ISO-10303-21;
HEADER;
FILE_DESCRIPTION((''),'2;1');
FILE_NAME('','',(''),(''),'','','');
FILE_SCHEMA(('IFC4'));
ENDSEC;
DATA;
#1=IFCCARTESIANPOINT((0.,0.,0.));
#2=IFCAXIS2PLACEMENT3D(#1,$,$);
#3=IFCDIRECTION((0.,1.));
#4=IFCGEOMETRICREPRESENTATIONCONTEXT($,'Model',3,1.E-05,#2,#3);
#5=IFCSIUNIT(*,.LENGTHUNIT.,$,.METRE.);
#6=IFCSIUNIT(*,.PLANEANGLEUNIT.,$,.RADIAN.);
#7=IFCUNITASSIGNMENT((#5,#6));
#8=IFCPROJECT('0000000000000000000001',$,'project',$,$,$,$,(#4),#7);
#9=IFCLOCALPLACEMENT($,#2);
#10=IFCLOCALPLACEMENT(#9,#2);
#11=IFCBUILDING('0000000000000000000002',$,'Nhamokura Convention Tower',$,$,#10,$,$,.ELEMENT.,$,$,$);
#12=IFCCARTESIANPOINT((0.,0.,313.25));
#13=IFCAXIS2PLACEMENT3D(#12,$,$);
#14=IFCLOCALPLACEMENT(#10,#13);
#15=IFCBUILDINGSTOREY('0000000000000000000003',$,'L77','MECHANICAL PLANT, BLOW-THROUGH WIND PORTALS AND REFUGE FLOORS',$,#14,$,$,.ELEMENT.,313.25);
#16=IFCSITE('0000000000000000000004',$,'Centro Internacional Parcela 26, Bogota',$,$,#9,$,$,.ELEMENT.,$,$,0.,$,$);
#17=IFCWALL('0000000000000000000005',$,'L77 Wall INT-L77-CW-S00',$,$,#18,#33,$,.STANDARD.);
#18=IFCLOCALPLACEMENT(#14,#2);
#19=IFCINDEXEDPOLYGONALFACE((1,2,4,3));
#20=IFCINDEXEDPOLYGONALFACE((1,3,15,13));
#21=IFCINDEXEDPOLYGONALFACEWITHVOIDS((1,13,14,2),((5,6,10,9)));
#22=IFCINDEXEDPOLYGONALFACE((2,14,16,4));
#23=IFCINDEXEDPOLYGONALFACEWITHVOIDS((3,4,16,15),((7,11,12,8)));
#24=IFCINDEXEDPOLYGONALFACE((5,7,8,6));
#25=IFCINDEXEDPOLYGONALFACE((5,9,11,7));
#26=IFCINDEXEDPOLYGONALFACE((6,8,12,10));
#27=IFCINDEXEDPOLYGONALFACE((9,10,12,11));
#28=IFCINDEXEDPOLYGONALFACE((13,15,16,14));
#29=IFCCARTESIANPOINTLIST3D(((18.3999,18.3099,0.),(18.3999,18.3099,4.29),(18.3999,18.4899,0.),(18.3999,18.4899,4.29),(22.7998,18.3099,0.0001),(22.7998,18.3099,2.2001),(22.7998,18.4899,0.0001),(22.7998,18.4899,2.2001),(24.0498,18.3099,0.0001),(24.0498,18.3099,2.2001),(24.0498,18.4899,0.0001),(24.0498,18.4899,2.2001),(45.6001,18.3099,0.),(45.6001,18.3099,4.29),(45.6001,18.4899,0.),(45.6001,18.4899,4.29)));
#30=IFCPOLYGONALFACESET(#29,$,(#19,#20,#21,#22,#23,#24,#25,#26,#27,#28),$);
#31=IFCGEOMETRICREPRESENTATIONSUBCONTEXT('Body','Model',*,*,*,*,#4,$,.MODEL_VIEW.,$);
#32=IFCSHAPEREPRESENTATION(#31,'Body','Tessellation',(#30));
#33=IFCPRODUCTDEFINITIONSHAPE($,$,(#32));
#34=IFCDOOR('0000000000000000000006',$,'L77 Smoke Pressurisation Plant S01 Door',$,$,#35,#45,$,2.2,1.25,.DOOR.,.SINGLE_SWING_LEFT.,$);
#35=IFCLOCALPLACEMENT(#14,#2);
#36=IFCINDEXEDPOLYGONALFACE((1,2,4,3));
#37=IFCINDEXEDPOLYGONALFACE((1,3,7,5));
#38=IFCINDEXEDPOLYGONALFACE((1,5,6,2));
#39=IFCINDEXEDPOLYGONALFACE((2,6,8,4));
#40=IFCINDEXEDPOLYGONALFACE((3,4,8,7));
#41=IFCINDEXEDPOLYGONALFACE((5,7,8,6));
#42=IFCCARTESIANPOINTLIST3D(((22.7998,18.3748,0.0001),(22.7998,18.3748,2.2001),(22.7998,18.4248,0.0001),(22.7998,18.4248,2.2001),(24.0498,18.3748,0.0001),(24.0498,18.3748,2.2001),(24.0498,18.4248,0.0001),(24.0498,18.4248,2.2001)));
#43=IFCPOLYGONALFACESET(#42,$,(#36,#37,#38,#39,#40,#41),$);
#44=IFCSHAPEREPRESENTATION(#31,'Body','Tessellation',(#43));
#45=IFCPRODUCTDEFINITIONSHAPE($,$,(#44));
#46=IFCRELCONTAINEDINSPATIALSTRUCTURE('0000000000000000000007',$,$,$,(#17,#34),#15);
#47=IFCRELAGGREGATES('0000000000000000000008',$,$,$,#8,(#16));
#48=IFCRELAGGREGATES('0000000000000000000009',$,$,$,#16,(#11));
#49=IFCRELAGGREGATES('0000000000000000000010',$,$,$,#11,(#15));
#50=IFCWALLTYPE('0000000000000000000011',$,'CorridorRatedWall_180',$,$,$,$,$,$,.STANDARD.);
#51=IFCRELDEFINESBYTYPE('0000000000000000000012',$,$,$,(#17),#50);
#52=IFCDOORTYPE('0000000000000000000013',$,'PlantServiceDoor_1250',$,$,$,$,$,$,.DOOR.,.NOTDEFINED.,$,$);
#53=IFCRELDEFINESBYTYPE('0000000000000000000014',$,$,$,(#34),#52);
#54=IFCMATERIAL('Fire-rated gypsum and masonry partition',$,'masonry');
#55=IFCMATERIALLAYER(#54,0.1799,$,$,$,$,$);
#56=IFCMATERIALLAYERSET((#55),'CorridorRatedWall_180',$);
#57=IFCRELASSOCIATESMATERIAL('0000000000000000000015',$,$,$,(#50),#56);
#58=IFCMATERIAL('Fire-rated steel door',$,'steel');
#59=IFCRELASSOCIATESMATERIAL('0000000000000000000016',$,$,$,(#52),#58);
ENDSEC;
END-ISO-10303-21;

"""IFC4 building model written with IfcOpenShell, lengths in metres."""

from ifc_helpers import new_model, si_unit, direction, frame, frame_2d, origin, place, context, subcontext, project, spatial, rectangle, extrude, material, layer, layer_set, type_object, element, fill, save


model = new_model("IFC4")

# Units and contexts
model_context = context("Model", 3, precision=1e-05, world=origin(), true_north=direction((0.0, 1.0)))
body_context = subcontext(model_context, "Body", "Model", "MODEL_VIEW")
ifc_project = project(units=[si_unit("LENGTHUNIT", "METRE"), si_unit("PLANEANGLEUNIT", "RADIAN")], contexts=[model_context])

# Site, building, storey
site_placement = place(None, origin())
site = spatial("IfcSite", under=ifc_project, at=site_placement, Name="Centro Internacional Parcela 26, Bogota", CompositionType="ELEMENT", RefElevation=0.0)
building_placement = place(site_placement, origin())
building = spatial("IfcBuilding", under=site, at=building_placement, Name="Nhamokura Convention Tower", CompositionType="ELEMENT")
storey_placement = place(building_placement, frame((0.0, 0.0, 313.25)))
storey = spatial("IfcBuildingStorey", under=building, at=storey_placement, Name="L77", Description="MECHANICAL PLANT, BLOW-THROUGH WIND PORTALS AND REFUGE FLOORS", CompositionType="ELEMENT", Elevation=313.25)

# Wall, opening, door
ifc_material_1 = material(Name="Fire-rated gypsum and masonry partition", Category="masonry")
ifc_layer_1 = layer(ifc_material_1, 0.1799)
ifc_layer_set_1 = layer_set([ifc_layer_1], Name="CorridorRatedWall_180")
wall_type_1 = type_object("IfcWallType", Name="CorridorRatedWall_180", PredefinedType="STANDARD", material=ifc_layer_set_1)
wall_placement = place(storey_placement, frame((18.3999, 18.3999, 0.0), z_axis=(0.0, 0.0, 1.0), x_axis=(1.0, 0.0, 0.0)))
wall = element("IfcWall", 1, at=wall_placement, inside=storey, type_object=wall_type_1, Name="L77 Wall INT-L77-CW-S00", PredefinedType="STANDARD", context=body_context, shape_type="SweptSolid", body=[
    extrude(rectangle(XDim=27.2002, YDim=0.1799, at=frame_2d((13.6001, 0.0))), origin(), (0.0, 0.0, 1.0), 4.29),
])
opening_placement = place(wall_placement, frame((4.3999, 0.0, 0.0)))
opening = element("IfcOpeningElement", 2, at=opening_placement, cuts=wall, PredefinedType="OPENING", context=body_context, shape_type="SweptSolid", body=[
    extrude(rectangle(XDim=1.25, YDim=2.2, at=frame_2d((0.625, 1.1001))), frame((0.0, 0.0999, 0.0), z_axis=(0.0, -1.0, 0.0), x_axis=(1.0, 0.0, 0.0)), (0.0, 0.0, 1.0), 0.2),
])
ifc_material_2 = material(Name="Fire-rated steel door", Category="steel")
door_type = type_object("IfcDoorType", Name="PlantServiceDoor_1250", OperationType="NOTDEFINED", PredefinedType="DOOR", material=ifc_material_2)
door_placement = place(opening_placement, origin())
door = element("IfcDoor", 3, at=door_placement, inside=storey, type_object=door_type, Name="L77 Smoke Pressurisation Plant S01 Door", OperationType="SINGLE_SWING_LEFT", OverallHeight=2.2, OverallWidth=1.25, PredefinedType="DOOR", context=body_context, shape_type="SweptSolid", body=[
    extrude(rectangle(XDim=1.25, YDim=2.2, at=frame_2d((0.625, 1.1001))), frame((0.0, 0.0249, 0.0), z_axis=(0.0, -1.0, 0.0), x_axis=(1.0, 0.0, 0.0)), (0.0, 0.0, 1.0), 0.05),
])
fill(opening, door)

save(model, "model.ifc")
